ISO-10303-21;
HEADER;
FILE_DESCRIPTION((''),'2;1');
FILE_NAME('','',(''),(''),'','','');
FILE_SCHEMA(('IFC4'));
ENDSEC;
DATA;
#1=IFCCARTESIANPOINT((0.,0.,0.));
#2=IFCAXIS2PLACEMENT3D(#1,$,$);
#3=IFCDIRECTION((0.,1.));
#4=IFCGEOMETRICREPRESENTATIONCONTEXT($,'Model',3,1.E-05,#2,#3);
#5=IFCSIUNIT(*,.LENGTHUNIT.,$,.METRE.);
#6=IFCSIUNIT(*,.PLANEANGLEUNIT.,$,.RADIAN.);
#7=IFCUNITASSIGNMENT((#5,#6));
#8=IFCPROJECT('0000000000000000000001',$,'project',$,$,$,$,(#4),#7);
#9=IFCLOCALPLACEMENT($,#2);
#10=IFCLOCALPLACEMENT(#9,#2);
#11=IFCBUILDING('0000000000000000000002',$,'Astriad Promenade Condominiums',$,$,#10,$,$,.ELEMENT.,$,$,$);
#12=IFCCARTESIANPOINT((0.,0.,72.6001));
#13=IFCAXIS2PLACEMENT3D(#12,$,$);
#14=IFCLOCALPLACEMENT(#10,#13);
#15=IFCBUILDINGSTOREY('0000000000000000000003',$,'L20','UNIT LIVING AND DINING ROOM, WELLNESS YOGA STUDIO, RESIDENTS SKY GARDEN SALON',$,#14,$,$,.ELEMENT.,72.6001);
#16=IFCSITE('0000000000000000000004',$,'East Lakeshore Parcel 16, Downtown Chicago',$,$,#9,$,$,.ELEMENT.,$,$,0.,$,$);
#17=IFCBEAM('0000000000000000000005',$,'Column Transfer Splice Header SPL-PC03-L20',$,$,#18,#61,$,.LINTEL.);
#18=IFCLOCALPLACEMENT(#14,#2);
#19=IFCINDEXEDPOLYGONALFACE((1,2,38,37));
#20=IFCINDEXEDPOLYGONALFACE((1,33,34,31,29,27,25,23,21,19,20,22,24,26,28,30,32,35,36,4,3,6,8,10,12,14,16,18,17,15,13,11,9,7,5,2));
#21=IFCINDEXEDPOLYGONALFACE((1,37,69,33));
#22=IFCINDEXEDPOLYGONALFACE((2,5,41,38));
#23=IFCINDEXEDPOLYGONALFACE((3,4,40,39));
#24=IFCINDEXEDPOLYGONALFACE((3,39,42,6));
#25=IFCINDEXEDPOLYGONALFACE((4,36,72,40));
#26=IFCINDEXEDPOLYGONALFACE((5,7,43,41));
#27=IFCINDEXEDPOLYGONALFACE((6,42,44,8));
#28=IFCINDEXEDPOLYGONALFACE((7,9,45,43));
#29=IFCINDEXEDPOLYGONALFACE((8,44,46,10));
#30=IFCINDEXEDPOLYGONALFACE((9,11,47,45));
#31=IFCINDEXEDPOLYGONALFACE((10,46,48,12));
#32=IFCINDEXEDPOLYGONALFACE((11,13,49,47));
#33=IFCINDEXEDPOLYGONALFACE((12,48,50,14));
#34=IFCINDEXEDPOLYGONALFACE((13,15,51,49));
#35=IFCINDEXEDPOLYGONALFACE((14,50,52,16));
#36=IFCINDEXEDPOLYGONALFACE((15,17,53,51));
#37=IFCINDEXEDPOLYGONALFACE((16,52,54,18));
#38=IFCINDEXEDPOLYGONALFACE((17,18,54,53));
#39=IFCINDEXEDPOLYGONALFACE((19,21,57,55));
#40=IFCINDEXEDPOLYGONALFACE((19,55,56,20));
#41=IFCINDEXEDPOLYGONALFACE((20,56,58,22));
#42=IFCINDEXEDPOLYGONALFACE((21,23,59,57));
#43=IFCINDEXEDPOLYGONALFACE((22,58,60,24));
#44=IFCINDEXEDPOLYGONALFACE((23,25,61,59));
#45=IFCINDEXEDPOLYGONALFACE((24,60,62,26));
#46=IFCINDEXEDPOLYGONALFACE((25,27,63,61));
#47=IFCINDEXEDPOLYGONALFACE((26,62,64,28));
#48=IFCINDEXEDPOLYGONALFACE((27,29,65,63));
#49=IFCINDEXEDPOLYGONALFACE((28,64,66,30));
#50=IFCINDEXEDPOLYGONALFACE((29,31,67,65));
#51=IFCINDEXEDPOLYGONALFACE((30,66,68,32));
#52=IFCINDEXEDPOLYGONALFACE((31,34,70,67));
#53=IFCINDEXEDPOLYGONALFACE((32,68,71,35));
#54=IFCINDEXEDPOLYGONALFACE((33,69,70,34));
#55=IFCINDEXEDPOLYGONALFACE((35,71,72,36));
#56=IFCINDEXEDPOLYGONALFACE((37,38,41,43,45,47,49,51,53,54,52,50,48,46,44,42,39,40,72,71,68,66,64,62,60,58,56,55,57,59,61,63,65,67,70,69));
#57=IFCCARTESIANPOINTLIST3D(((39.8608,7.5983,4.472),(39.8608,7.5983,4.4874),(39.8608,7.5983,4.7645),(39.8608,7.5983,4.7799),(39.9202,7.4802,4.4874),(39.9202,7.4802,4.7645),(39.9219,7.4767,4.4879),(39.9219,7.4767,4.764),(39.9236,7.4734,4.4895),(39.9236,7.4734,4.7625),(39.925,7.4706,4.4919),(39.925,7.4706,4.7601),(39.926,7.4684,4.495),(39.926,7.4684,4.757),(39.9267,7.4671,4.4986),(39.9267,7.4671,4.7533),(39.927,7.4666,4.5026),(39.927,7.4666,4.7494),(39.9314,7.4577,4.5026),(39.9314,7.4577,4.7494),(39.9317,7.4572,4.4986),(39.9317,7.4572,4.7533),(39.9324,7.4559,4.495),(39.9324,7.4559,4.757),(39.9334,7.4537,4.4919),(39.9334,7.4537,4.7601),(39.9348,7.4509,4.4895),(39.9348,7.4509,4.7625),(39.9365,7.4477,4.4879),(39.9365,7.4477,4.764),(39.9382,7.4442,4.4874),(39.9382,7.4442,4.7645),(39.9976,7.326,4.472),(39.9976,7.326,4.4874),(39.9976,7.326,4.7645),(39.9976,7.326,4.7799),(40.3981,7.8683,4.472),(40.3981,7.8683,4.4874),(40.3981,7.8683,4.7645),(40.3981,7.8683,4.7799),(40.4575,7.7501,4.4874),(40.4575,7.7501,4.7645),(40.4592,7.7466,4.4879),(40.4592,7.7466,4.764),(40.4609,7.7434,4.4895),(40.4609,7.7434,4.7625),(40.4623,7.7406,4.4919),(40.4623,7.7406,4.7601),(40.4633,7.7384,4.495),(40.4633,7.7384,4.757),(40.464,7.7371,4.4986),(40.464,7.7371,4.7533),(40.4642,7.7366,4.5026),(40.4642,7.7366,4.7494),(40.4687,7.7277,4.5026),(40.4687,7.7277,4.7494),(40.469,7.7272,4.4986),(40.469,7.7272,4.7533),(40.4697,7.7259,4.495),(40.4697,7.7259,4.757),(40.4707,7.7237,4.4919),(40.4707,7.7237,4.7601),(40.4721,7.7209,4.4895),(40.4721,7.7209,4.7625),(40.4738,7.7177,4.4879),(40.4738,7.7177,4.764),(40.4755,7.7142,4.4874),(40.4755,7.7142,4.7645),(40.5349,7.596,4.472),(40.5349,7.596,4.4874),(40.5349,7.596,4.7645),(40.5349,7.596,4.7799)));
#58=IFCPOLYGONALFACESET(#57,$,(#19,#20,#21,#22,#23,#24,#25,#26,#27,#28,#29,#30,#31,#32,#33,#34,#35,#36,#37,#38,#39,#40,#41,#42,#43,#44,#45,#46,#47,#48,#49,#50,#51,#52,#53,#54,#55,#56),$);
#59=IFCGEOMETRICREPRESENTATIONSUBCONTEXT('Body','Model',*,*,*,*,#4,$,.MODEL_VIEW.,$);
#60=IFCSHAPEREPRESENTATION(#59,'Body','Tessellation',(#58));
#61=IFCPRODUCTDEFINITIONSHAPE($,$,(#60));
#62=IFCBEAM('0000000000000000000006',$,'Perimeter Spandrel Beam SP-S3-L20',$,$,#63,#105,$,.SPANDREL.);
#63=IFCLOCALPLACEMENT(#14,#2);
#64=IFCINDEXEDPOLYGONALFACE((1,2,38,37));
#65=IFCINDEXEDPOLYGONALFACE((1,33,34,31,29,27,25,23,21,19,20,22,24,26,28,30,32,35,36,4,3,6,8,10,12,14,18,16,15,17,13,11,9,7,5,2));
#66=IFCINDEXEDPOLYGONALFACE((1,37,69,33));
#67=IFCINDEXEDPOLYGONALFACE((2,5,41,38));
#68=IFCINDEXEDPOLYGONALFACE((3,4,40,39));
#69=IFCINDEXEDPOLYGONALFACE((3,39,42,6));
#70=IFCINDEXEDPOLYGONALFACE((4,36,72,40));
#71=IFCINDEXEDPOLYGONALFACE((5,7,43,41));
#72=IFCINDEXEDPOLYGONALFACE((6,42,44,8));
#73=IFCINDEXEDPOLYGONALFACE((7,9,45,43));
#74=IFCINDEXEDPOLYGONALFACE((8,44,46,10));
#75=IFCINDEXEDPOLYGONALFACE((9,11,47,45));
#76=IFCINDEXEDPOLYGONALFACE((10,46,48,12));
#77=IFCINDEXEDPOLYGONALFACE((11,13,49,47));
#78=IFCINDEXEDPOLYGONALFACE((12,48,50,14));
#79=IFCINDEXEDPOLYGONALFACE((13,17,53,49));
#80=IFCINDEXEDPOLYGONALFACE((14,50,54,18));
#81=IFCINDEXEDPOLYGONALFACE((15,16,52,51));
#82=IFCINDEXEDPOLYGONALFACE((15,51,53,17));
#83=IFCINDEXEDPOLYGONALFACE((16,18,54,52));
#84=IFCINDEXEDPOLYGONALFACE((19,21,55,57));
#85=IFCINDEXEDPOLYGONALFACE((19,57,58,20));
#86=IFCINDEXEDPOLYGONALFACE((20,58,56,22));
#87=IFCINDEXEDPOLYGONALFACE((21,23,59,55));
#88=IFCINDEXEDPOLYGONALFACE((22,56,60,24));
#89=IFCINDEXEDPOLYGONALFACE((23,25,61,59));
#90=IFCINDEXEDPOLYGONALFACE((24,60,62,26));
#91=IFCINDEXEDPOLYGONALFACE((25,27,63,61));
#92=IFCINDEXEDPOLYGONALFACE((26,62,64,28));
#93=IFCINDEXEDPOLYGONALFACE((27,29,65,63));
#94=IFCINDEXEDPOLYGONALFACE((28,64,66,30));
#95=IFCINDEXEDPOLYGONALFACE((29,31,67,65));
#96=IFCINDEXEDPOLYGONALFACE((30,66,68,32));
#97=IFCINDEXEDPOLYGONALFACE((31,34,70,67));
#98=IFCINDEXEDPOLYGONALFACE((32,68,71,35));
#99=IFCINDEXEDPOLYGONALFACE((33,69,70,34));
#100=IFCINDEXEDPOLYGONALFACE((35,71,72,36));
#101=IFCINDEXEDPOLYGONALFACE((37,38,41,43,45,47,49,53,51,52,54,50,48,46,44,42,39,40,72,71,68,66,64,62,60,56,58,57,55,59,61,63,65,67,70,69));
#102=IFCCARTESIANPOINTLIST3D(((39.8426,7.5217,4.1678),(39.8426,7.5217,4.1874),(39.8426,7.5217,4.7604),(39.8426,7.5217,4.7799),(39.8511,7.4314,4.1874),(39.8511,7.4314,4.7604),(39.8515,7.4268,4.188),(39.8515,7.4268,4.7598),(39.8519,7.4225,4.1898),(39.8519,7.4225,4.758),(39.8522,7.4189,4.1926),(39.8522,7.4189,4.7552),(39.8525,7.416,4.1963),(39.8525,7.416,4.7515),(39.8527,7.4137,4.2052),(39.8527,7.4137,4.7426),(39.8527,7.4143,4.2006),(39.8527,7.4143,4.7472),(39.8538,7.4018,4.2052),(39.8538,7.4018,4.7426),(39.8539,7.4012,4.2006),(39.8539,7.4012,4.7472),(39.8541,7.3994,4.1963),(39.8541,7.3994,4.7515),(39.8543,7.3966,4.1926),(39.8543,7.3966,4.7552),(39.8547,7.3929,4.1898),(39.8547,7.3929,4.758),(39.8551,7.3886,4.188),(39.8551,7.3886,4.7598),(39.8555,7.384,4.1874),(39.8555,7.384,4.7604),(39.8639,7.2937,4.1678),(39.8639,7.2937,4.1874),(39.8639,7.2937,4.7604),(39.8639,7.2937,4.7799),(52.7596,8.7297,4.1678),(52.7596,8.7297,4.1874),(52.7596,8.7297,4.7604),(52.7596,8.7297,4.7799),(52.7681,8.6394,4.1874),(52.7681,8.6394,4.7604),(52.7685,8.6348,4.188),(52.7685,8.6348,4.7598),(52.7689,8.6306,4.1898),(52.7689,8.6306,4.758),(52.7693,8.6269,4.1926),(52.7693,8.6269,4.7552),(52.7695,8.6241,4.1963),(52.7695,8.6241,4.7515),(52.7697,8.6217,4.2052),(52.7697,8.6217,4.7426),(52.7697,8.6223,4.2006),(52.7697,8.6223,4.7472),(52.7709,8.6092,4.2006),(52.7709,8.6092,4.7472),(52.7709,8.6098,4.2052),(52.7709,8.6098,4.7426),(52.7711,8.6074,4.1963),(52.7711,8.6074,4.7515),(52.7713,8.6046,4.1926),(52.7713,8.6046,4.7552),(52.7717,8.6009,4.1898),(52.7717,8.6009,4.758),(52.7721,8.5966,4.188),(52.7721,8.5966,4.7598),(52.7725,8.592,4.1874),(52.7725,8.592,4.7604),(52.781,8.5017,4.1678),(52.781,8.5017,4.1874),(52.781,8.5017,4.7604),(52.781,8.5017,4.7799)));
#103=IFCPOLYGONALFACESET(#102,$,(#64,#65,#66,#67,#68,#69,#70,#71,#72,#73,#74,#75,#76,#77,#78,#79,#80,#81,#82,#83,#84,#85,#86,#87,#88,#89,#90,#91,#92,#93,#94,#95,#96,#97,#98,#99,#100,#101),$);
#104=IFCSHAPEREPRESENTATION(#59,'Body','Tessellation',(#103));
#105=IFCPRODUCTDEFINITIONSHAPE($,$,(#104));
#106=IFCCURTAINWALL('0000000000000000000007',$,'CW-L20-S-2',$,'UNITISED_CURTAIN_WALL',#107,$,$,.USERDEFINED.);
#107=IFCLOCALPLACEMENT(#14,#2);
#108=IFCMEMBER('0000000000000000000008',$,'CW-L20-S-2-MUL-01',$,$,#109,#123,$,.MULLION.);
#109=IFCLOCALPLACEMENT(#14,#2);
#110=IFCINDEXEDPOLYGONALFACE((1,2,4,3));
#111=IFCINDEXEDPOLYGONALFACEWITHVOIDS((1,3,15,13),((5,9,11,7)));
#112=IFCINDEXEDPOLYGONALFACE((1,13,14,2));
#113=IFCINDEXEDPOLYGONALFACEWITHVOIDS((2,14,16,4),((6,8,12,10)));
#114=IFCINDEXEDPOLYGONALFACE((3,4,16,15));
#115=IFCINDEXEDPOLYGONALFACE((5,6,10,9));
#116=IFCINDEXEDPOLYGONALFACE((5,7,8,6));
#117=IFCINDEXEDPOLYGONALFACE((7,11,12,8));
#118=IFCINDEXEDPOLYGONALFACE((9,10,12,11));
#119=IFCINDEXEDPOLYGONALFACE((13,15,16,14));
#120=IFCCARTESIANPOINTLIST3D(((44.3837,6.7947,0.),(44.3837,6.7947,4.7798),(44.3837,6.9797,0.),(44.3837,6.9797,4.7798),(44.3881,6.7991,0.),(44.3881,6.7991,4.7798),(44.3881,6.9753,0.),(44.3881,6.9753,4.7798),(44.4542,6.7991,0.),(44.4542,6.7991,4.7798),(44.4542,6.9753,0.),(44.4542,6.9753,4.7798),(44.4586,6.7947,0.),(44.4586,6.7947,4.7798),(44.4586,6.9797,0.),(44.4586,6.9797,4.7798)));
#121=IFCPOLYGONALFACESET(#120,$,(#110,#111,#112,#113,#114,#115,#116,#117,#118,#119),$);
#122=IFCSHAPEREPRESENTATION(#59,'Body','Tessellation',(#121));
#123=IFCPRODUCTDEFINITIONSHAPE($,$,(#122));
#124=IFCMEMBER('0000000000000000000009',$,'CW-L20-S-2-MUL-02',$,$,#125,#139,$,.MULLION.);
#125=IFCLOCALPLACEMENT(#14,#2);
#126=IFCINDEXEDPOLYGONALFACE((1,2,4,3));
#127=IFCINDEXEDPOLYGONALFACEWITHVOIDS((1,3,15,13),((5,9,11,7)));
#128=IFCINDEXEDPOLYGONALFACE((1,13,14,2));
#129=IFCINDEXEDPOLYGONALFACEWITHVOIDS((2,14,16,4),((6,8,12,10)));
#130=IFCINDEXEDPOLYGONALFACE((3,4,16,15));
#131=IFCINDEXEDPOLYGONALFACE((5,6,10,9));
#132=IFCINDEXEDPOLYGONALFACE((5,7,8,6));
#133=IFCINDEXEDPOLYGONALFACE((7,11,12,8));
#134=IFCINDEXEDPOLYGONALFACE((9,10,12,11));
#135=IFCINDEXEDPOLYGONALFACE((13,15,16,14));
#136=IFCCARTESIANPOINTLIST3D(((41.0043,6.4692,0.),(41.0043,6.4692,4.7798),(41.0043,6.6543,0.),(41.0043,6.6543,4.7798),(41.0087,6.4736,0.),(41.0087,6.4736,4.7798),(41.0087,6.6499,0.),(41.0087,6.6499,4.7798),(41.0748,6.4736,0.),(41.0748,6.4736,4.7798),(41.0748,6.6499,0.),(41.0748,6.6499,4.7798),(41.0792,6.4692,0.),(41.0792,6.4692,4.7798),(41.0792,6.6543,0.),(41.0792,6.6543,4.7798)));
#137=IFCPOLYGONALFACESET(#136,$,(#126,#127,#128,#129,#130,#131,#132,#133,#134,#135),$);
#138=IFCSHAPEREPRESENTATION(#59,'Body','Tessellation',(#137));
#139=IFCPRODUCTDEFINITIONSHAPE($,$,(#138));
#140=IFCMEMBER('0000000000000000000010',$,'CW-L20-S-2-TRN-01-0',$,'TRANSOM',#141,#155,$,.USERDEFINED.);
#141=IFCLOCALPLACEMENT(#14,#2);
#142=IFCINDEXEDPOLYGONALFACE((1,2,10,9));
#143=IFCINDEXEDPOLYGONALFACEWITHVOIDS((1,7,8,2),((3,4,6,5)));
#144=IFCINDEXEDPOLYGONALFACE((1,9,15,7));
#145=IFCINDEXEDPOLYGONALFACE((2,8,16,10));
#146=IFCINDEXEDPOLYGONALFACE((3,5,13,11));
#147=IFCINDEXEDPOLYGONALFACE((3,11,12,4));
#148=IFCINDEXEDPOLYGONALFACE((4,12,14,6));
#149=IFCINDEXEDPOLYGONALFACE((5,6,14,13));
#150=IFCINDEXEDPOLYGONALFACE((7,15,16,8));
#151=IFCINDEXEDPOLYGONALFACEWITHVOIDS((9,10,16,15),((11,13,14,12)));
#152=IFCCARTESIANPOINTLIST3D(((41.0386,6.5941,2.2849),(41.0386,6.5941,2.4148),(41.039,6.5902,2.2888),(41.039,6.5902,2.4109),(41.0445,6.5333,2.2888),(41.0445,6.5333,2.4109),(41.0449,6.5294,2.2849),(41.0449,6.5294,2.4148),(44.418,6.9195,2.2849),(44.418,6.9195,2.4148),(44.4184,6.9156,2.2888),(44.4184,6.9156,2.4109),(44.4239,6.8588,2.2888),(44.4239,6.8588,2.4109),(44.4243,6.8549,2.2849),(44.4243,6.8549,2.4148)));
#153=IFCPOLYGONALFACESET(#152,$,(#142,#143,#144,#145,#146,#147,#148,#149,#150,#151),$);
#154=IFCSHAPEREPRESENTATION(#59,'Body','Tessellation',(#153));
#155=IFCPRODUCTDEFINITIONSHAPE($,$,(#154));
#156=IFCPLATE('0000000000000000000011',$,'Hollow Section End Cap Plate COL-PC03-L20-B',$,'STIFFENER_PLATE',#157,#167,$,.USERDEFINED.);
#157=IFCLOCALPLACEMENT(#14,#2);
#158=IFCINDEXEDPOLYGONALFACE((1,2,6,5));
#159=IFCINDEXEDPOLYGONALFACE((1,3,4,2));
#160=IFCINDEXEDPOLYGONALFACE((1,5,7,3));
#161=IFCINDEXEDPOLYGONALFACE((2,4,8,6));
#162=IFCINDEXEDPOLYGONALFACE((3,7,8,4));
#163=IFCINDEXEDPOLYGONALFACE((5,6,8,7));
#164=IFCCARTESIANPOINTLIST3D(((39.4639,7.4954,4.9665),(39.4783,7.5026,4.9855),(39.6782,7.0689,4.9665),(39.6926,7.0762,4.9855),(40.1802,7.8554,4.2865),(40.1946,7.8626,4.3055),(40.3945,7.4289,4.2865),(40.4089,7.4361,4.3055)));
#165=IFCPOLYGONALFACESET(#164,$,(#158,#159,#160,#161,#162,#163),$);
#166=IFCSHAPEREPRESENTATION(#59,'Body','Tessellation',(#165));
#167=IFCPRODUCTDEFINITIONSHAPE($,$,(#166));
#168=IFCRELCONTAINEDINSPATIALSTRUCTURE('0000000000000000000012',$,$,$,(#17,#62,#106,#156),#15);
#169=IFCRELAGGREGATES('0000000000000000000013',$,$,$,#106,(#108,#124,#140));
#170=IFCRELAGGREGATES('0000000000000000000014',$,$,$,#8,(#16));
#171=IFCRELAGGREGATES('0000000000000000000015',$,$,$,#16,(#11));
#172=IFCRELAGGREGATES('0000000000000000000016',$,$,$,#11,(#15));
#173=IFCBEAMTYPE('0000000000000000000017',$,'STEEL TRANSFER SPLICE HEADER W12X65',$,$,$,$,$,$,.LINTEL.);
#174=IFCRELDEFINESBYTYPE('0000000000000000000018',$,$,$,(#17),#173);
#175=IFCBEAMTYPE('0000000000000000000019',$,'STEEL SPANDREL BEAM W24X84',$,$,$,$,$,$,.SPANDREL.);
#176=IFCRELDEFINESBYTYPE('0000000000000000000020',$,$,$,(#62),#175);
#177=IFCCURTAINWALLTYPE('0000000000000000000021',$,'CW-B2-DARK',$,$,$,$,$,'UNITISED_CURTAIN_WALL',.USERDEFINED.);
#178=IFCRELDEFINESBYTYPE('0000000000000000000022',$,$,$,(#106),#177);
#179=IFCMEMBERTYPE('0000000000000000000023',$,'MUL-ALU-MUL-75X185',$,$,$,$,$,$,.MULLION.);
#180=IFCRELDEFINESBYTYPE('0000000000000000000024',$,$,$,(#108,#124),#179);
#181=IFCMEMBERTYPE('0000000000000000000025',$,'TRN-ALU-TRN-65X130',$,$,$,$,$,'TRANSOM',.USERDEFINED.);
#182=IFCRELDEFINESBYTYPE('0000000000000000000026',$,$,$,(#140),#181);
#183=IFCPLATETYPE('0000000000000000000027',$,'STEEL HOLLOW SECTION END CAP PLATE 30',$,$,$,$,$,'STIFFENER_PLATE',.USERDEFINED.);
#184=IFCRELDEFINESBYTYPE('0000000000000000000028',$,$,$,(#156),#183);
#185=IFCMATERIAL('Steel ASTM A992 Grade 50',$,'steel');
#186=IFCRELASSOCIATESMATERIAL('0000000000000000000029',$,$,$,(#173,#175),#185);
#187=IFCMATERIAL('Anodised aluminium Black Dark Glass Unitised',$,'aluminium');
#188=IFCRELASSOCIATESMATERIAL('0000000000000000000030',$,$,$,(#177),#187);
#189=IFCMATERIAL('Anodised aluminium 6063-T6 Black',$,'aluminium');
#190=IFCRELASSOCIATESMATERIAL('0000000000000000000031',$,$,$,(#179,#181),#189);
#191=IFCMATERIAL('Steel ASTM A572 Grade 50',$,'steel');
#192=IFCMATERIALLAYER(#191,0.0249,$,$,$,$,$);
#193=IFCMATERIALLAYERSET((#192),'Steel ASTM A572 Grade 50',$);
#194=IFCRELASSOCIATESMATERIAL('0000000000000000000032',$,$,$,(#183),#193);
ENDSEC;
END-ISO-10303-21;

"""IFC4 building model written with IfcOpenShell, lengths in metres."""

from ifc_helpers import new_model, si_unit, direction, frame, origin, origin_2d, place, context, subcontext, project, spatial, rectangle, hollow_rectangle, i_section, extrude, source, transform, mapped, material, layer, layer_set, material_profile, profile_set, type_object, type_shapes, element, aggregate, save


model = new_model("IFC4")

# Units and contexts
model_context = context("Model", 3, precision=1e-05, world=origin(), true_north=direction((0.0, 1.0)))
body_context = subcontext(model_context, "Body", "Model", "MODEL_VIEW")
ifc_project = project(units=[si_unit("LENGTHUNIT", "METRE"), si_unit("PLANEANGLEUNIT", "RADIAN")], contexts=[model_context])

# Site, building, storey
site_placement = place(None, origin())
site = spatial("IfcSite", under=ifc_project, at=site_placement, Name="East Lakeshore Parcel 16, Downtown Chicago", CompositionType="ELEMENT", RefElevation=0.0)
building_placement = place(site_placement, origin())
building = spatial("IfcBuilding", under=site, at=building_placement, Name="Astriad Promenade Condominiums", CompositionType="ELEMENT")
storey_placement = place(building_placement, frame((0.0, 0.0, 72.6001)))
storey = spatial("IfcBuildingStorey", under=building, at=storey_placement, Name="L20", Description="UNIT LIVING AND DINING ROOM, WELLNESS YOGA STUDIO, RESIDENTS SKY GARDEN SALON", CompositionType="ELEMENT", Elevation=72.6001)

# Beams
ifc_material_1 = material(Name="Steel ASTM A992 Grade 50", Category="steel")
ifc_material_profile_1 = material_profile(ifc_material_1, i_section(OverallWidth=0.3047, OverallDepth=0.3079, WebThickness=0.01, FlangeThickness=0.0154, FilletRadius=0.0151, at=origin_2d()), Name="W12X65")
ifc_profile_set_1 = profile_set([ifc_material_profile_1], Name="Steel ASTM A992 Grade 50")
beam_type_1 = type_object("IfcBeamType", Name="STEEL TRANSFER SPLICE HEADER W12X65", PredefinedType="LINTEL", material=ifc_profile_set_1)
shared_shape_1 = source(origin(), body_context, "Body", "SweptSolid", [
    extrude(i_section(OverallWidth=0.3047, OverallDepth=0.3079, WebThickness=0.01, FlangeThickness=0.0154, FilletRadius=0.0151, at=origin_2d()), origin(), (0.0, 0.0, 1.0), 0.6013),
])
type_shapes(beam_type_1, [shared_shape_1])
beam_1_placement = place(storey_placement, frame((39.9292, 7.4622, 4.626), z_axis=(0.893532, 0.448999, 0.0), x_axis=(-0.448999, 0.893532, 0.0)))
element("IfcBeam", 1, at=beam_1_placement, inside=storey, type_object=beam_type_1, Name="Column Transfer Splice Header SPL-PC03-L20", PredefinedType="LINTEL", context=body_context, shape_type="MappedRepresentation", body=[
    mapped(shared_shape_1, transform((0.0, 0.0, 0.0), scale=1.0)),
])
ifc_material_profile_2 = material_profile(ifc_material_1, i_section(OverallWidth=0.229, OverallDepth=0.6121, WebThickness=0.012, FlangeThickness=0.0195, FilletRadius=0.0178, at=origin_2d()), Name="W24X84")
ifc_profile_set_2 = profile_set([ifc_material_profile_2], Name="Steel ASTM A992 Grade 50")
beam_type_2 = type_object("IfcBeamType", Name="STEEL SPANDREL BEAM W24X84", PredefinedType="SPANDREL", material=ifc_profile_set_2)
shared_shape_2 = source(origin(), body_context, "Body", "SweptSolid", [
    extrude(i_section(OverallWidth=0.229, OverallDepth=0.6121, WebThickness=0.012, FlangeThickness=0.0195, FilletRadius=0.0178, at=origin_2d()), origin(), (0.0, 0.0, 1.0), 12.9734),
])
type_shapes(beam_type_2, [shared_shape_2])
beam_2_placement = place(storey_placement, frame((39.8533, 7.4077, 4.4739), z_axis=(0.995655, 0.093115, 0.0), x_axis=(-0.093115, 0.995655, 0.0)))
element("IfcBeam", 2, at=beam_2_placement, inside=storey, type_object=beam_type_2, Name="Perimeter Spandrel Beam SP-S3-L20", PredefinedType="SPANDREL", context=body_context, shape_type="MappedRepresentation", body=[
    mapped(shared_shape_2, transform((0.0, 0.0, 0.0), scale=1.0)),
])

# Curtain wall, members
ifc_material_2 = material(Name="Anodised aluminium Black Dark Glass Unitised", Category="aluminium")
curtain_wall_type = type_object("IfcCurtainWallType", Name="CW-B2-DARK", ElementType="UNITISED_CURTAIN_WALL", PredefinedType="USERDEFINED", material=ifc_material_2)
curtain_wall_placement = place(storey_placement, origin())
curtain_wall = element("IfcCurtainWall", 3, at=curtain_wall_placement, inside=storey, type_object=curtain_wall_type, Name="CW-L20-S-2", ObjectType="UNITISED_CURTAIN_WALL", PredefinedType="USERDEFINED")
ifc_material_3 = material(Name="Anodised aluminium 6063-T6 Black", Category="aluminium")
ifc_material_profile_3 = material_profile(ifc_material_3, hollow_rectangle(XDim=0.075, YDim=0.1851, WallThickness=0.0044, at=origin_2d()), Name="ALU-MUL-75X185")
ifc_profile_set_3 = profile_set([ifc_material_profile_3], Name="Anodised aluminium 6063-T6 Black")
member_type_1 = type_object("IfcMemberType", Name="MUL-ALU-MUL-75X185", PredefinedType="MULLION", material=ifc_profile_set_3)
shared_shape_3 = source(origin(), body_context, "Body", "SweptSolid", [
    extrude(hollow_rectangle(XDim=0.075, YDim=0.1851, WallThickness=0.0044, at=origin_2d()), origin(), (0.0, 0.0, 1.0), 4.7798),
])
type_shapes(member_type_1, [shared_shape_3])
member_1_placement = place(storey_placement, frame((44.4211, 6.8872, 0.0), z_axis=(0.0, 0.0, 1.0), x_axis=(1.0, 0.0, 0.0)))
member_1 = element("IfcMember", 4, at=member_1_placement, type_object=member_type_1, Name="CW-L20-S-2-MUL-01", PredefinedType="MULLION", context=body_context, shape_type="MappedRepresentation", body=[
    mapped(shared_shape_3, transform((0.0, 0.0, 0.0), scale=1.0)),
])
member_2_placement = place(storey_placement, frame((41.0417, 6.5618, 0.0), z_axis=(0.0, 0.0, 1.0), x_axis=(1.0, 0.0, 0.0)))
member_2 = element("IfcMember", 5, at=member_2_placement, type_object=member_type_1, Name="CW-L20-S-2-MUL-02", PredefinedType="MULLION", context=body_context, shape_type="MappedRepresentation", body=[
    mapped(shared_shape_3, transform((0.0, 0.0, 0.0), scale=1.0)),
])
ifc_material_profile_4 = material_profile(ifc_material_3, hollow_rectangle(XDim=0.0649, YDim=0.1299, WallThickness=0.0039, at=origin_2d()), Name="ALU-TRN-65X130")
ifc_profile_set_4 = profile_set([ifc_material_profile_4], Name="Anodised aluminium 6063-T6 Black")
member_type_2 = type_object("IfcMemberType", Name="TRN-ALU-TRN-65X130", ElementType="TRANSOM", PredefinedType="USERDEFINED", material=ifc_profile_set_4)
shared_shape_4 = source(origin(), body_context, "Body", "SweptSolid", [
    extrude(hollow_rectangle(XDim=0.0649, YDim=0.1299, WallThickness=0.0039, at=origin_2d()), origin(), (0.0, 0.0, 1.0), 3.395),
])
type_shapes(member_type_2, [shared_shape_4])
member_3_placement = place(storey_placement, frame((44.4211, 6.8872, 2.3499), z_axis=(-0.995395, -0.095858, 0.0), x_axis=(0.095858, -0.995395, 0.0)))
member_3 = element("IfcMember", 6, at=member_3_placement, type_object=member_type_2, Name="CW-L20-S-2-TRN-01-0", ObjectType="TRANSOM", PredefinedType="USERDEFINED", context=body_context, shape_type="MappedRepresentation", body=[
    mapped(shared_shape_4, transform((0.0, 0.0, 0.0), scale=1.0)),
])

# Plate
ifc_material_4 = material(Name="Steel ASTM A572 Grade 50", Category="steel")
ifc_layer_1 = layer(ifc_material_4, 0.0249)
ifc_layer_set_1 = layer_set([ifc_layer_1], Name="Steel ASTM A572 Grade 50")
plate_type_1 = type_object("IfcPlateType", Name="STEEL HOLLOW SECTION END CAP PLATE 30", ElementType="STIFFENER_PLATE", PredefinedType="USERDEFINED", material=ifc_layer_set_1)
shared_shape_5 = source(origin(), body_context, "Body", "SweptSolid", [
    extrude(rectangle(XDim=0.4773, YDim=1.0513, at=origin_2d()), origin(), (0.0, 0.0, 1.0), 0.0249),
])
type_shapes(plate_type_1, [shared_shape_5])
plate_1_placement = place(storey_placement, frame((39.9292, 7.4622, 4.6265), z_axis=(0.577972, 0.290427, 0.762628), x_axis=(-0.448994, 0.893535, 0.0)))
element("IfcPlate", 7, at=plate_1_placement, inside=storey, type_object=plate_type_1, Name="Hollow Section End Cap Plate COL-PC03-L20-B", ObjectType="STIFFENER_PLATE", PredefinedType="USERDEFINED", context=body_context, shape_type="MappedRepresentation", body=[
    mapped(shared_shape_5, transform((0.0, 0.0, 0.0), scale=1.0)),
])
aggregate(curtain_wall, [member_1, member_2, member_3])

save(model, "model.ifc")
